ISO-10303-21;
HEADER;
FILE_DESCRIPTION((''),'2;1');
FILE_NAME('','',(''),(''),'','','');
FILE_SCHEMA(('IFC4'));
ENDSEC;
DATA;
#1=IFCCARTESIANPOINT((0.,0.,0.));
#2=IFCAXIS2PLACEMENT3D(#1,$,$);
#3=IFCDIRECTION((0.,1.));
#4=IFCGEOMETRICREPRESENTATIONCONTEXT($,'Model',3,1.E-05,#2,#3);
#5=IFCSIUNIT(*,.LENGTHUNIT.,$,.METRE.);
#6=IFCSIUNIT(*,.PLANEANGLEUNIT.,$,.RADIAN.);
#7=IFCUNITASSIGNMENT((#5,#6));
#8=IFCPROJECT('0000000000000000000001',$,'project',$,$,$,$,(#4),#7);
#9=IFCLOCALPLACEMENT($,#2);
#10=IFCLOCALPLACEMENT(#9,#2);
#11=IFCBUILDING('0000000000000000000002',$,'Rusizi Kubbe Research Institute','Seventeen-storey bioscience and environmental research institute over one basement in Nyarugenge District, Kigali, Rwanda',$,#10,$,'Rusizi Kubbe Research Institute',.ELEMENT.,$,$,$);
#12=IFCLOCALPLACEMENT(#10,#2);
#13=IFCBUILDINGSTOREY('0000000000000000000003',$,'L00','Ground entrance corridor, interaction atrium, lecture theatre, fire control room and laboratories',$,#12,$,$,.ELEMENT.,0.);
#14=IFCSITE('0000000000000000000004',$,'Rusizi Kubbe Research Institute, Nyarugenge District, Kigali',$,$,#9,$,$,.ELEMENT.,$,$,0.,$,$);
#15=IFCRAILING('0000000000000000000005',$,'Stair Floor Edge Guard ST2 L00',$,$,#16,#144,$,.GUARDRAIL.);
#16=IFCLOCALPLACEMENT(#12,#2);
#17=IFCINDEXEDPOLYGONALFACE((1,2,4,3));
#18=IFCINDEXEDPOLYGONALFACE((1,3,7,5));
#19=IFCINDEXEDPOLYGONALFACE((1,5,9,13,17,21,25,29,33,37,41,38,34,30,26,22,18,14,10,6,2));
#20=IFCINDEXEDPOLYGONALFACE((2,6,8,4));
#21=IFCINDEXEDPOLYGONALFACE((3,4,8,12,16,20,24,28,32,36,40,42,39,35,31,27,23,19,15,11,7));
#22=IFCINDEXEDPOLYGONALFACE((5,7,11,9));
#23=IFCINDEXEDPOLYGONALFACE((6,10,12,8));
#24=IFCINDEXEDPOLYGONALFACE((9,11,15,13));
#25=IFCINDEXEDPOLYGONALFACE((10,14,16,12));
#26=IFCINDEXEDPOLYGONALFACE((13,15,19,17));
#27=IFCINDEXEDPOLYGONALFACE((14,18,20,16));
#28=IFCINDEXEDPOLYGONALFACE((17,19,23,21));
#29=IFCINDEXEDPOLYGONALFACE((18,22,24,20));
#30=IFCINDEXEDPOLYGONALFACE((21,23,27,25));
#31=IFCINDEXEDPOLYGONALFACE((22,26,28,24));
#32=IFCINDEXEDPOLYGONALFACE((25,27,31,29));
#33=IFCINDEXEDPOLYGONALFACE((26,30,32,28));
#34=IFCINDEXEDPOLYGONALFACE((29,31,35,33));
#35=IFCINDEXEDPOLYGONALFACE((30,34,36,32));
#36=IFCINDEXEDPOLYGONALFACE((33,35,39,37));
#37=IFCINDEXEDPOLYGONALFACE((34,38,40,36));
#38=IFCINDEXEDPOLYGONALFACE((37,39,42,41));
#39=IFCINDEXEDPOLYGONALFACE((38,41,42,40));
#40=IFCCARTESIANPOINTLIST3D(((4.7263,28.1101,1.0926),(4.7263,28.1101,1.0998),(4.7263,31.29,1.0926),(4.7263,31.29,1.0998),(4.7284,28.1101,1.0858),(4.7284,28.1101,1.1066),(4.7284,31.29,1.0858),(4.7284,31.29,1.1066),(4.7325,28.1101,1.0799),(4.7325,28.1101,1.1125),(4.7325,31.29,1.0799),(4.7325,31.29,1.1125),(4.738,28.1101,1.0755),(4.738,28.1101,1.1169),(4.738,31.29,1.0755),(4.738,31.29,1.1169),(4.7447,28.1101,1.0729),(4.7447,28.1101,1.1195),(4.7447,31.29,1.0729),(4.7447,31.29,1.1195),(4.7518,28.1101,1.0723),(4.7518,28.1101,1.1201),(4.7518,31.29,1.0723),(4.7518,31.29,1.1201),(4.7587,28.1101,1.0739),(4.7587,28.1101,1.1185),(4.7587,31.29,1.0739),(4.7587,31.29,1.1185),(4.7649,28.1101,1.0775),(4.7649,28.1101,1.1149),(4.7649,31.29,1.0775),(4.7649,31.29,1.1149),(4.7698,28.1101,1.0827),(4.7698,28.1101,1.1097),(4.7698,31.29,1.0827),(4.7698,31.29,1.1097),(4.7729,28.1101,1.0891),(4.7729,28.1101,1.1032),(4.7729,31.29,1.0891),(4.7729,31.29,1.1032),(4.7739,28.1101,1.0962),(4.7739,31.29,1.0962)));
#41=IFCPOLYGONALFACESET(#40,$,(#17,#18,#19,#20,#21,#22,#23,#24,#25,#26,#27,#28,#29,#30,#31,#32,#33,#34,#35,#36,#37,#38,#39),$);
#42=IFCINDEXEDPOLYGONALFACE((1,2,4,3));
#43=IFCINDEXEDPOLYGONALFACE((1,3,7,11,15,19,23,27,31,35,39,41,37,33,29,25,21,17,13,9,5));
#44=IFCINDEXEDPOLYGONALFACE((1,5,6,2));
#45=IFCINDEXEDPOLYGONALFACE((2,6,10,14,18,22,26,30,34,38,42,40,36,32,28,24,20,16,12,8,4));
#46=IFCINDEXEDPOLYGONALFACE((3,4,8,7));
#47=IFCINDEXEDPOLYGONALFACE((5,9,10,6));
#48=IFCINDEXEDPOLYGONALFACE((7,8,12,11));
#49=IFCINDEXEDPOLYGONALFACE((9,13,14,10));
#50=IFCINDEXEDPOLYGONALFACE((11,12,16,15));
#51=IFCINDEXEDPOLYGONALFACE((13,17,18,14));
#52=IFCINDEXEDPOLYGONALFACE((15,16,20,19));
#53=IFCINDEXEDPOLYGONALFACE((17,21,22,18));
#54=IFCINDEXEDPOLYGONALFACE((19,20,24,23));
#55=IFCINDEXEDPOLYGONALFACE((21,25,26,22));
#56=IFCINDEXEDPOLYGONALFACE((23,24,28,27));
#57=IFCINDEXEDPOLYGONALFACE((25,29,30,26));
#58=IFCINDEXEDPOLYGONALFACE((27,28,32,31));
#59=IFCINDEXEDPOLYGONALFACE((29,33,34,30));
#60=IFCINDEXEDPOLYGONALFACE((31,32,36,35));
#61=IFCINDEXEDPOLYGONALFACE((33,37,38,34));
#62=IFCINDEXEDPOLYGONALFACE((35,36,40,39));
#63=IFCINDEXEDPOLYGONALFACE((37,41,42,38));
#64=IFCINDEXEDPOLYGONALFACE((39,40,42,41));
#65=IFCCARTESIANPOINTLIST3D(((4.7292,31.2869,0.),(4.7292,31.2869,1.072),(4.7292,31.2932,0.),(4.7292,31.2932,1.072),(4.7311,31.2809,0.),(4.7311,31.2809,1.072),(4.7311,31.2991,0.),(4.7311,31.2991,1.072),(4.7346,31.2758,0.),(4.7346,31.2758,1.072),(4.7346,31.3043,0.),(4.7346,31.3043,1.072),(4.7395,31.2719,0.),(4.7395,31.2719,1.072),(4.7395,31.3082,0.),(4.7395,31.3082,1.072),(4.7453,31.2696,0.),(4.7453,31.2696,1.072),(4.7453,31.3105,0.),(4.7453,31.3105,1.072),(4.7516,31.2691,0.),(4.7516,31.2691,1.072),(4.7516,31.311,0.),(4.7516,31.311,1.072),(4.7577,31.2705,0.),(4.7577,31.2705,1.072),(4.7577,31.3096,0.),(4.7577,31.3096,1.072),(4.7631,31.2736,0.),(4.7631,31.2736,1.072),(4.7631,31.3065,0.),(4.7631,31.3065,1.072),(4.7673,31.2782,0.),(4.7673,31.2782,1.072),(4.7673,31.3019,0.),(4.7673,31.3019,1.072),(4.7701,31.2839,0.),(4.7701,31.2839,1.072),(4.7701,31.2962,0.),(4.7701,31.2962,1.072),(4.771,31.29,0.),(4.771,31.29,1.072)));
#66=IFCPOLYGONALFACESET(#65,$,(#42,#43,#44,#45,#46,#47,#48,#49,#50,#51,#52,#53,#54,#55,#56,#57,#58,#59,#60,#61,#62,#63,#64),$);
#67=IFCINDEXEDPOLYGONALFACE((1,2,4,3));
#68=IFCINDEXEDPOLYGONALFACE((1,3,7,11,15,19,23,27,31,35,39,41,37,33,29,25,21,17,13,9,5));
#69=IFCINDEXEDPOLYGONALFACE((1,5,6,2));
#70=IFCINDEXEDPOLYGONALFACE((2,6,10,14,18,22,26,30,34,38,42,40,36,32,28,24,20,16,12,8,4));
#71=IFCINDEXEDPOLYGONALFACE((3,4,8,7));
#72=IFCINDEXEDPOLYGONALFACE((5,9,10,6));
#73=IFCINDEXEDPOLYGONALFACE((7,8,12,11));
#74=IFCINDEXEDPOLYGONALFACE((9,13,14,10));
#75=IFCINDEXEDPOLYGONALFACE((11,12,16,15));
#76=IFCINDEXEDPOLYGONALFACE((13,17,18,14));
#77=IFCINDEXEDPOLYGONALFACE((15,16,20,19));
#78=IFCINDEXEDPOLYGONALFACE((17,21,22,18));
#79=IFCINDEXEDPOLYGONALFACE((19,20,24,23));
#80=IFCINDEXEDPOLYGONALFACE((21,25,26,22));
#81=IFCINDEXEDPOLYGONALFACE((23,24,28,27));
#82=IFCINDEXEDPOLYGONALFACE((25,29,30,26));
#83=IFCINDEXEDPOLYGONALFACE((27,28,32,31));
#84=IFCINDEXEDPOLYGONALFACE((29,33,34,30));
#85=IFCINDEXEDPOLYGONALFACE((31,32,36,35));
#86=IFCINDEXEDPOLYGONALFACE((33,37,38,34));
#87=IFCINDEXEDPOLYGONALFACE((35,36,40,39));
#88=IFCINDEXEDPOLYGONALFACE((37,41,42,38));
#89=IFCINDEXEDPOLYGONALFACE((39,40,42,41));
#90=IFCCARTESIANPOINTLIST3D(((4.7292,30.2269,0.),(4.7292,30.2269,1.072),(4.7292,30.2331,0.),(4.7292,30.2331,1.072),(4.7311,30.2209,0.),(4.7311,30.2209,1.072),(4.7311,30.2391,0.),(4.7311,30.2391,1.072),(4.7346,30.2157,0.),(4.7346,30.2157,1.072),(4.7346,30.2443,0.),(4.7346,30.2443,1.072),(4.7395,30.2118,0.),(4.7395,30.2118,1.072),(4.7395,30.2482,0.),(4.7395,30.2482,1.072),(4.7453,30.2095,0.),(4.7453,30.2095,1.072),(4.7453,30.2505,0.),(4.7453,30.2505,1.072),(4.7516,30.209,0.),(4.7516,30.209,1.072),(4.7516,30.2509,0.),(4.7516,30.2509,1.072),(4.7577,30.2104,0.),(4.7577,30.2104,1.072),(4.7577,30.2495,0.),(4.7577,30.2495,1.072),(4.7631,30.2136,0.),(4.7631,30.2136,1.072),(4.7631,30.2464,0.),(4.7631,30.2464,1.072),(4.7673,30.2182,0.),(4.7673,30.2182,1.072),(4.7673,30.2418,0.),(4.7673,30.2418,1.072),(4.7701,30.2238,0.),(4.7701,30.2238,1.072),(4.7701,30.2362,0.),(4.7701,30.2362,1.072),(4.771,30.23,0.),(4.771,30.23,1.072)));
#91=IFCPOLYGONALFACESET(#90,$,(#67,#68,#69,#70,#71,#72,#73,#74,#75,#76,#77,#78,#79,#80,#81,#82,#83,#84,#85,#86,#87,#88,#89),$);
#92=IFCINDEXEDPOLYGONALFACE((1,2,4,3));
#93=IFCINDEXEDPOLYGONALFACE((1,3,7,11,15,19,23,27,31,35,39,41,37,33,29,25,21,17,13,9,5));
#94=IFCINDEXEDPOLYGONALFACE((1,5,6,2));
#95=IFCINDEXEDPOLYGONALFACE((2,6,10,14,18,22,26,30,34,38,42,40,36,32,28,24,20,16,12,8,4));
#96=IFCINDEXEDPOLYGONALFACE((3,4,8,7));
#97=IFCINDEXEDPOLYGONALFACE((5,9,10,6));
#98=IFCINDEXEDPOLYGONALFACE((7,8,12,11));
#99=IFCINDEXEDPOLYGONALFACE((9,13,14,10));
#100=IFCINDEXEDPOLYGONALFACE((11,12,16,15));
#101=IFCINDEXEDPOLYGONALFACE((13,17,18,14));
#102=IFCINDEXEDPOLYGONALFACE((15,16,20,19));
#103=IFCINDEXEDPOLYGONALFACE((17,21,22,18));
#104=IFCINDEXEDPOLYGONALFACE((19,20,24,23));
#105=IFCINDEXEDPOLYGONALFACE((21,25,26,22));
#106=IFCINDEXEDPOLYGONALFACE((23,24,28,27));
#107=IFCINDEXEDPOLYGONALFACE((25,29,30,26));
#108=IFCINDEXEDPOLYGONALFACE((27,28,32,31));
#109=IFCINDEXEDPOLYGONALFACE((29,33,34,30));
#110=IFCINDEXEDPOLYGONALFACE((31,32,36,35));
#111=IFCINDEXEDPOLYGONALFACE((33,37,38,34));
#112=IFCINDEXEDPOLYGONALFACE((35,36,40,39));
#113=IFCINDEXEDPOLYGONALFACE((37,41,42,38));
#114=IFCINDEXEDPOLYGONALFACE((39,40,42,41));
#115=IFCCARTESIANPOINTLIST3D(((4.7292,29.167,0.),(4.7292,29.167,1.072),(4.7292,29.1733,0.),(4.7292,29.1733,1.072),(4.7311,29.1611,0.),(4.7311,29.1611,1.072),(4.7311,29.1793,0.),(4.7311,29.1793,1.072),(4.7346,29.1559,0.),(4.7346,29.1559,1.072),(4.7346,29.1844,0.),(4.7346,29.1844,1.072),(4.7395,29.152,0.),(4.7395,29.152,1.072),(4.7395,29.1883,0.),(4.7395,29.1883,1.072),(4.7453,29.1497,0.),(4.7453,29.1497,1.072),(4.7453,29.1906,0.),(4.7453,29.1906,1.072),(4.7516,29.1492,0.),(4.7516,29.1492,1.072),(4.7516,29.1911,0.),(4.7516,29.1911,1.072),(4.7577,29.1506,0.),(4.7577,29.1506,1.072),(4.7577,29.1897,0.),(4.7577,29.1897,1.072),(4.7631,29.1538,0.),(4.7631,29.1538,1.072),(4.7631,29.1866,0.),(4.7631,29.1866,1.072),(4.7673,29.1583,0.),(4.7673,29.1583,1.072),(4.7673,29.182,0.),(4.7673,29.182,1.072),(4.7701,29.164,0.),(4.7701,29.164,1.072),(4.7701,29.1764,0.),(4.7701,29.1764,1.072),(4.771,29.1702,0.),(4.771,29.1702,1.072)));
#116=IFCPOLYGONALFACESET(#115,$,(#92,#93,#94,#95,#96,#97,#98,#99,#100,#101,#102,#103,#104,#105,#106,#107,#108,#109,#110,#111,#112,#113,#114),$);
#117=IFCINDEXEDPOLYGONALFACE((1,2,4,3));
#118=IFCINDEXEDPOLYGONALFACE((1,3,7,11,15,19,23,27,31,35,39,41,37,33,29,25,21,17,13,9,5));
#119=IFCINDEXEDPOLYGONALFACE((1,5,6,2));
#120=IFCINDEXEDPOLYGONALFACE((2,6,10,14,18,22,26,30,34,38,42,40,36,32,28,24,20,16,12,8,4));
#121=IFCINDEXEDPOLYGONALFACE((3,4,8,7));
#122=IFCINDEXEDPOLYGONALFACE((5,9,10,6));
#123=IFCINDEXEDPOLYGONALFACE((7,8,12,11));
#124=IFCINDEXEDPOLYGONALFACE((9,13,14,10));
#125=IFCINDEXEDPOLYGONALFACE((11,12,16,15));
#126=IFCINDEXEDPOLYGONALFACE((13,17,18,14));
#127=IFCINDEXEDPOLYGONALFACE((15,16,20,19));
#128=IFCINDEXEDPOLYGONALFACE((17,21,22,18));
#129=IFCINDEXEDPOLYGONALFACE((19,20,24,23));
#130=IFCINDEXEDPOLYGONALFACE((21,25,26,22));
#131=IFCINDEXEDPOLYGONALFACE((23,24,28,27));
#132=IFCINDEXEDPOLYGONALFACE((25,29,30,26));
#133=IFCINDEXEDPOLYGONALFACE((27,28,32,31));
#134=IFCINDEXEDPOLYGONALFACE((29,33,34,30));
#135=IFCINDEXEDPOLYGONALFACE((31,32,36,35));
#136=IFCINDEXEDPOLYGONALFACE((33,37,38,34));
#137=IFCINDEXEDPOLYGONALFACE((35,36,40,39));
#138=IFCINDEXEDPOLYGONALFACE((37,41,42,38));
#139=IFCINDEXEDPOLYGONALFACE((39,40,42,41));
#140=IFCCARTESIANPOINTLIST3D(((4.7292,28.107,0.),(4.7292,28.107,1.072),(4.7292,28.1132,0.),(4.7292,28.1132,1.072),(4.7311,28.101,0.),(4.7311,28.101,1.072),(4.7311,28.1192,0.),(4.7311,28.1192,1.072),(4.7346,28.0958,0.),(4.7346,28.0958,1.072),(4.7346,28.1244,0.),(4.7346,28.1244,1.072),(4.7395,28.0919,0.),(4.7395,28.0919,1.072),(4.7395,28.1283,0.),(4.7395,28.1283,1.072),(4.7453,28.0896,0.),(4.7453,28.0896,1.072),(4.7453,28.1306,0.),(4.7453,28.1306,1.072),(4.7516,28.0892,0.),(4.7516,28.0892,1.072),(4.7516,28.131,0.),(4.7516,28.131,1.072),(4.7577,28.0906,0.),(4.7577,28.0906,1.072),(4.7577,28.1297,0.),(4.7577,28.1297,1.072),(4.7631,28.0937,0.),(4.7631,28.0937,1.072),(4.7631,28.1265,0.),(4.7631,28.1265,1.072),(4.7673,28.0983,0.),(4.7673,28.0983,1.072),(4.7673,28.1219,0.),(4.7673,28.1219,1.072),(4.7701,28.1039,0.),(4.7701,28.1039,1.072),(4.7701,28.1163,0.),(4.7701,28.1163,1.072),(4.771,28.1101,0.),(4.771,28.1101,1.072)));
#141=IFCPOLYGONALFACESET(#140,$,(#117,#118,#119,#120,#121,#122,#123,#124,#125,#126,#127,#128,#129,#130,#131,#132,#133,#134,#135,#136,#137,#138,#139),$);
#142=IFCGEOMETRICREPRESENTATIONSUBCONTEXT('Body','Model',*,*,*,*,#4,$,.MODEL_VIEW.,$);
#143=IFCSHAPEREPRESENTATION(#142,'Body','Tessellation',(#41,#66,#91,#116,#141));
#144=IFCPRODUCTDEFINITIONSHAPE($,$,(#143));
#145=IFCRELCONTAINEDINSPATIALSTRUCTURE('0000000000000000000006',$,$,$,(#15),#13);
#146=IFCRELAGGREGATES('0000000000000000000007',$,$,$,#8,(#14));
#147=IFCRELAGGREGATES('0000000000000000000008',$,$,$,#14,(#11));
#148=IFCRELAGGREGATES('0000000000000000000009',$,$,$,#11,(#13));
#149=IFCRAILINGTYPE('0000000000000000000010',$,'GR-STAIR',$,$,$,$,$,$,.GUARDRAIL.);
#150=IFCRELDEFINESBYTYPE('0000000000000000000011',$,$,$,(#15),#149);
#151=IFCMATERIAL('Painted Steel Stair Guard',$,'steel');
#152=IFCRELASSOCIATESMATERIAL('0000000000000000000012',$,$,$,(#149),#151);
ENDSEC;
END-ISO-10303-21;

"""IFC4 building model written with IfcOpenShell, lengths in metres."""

from ifc_helpers import new_model, si_unit, direction, frame, origin, origin_2d, place, context, subcontext, project, spatial, circle, extrude, material, type_object, element, save


model = new_model("IFC4")

# Units and contexts
model_context = context("Model", 3, precision=1e-05, world=origin(), true_north=direction((0.0, 1.0)))
body_context = subcontext(model_context, "Body", "Model", "MODEL_VIEW")
ifc_project = project(units=[si_unit("LENGTHUNIT", "METRE"), si_unit("PLANEANGLEUNIT", "RADIAN")], contexts=[model_context])

# Site, building, storey
site_placement = place(None, origin())
site = spatial("IfcSite", under=ifc_project, at=site_placement, Name="Rusizi Kubbe Research Institute, Nyarugenge District, Kigali", CompositionType="ELEMENT", RefElevation=0.0)
building_placement = place(site_placement, origin())
building = spatial("IfcBuilding", under=site, at=building_placement, Name="Rusizi Kubbe Research Institute", Description="Seventeen-storey bioscience and environmental research institute over one basement in Nyarugenge District, Kigali, Rwanda", LongName="Rusizi Kubbe Research Institute", CompositionType="ELEMENT")
storey_placement = place(building_placement, origin())
storey = spatial("IfcBuildingStorey", under=building, at=storey_placement, Name="L00", Description="Ground entrance corridor, interaction atrium, lecture theatre, fire control room and laboratories", CompositionType="ELEMENT", Elevation=0.0)

# Railing
ifc_material_1 = material(Name="Painted Steel Stair Guard", Category="steel")
railing_type_1 = type_object("IfcRailingType", Name="GR-STAIR", PredefinedType="GUARDRAIL", material=ifc_material_1)
railing_1_placement = place(storey_placement, frame((4.75, 31.29, 0.0)))
element("IfcRailing", 1, at=railing_1_placement, inside=storey, type_object=railing_type_1, Name="Stair Floor Edge Guard ST2 L00", PredefinedType="GUARDRAIL", context=body_context, shape_type="SweptSolid", body=[
    extrude(circle(Radius=0.0239, at=origin_2d()), frame((0.0, 0.0, 1.0962), z_axis=(0.0, -1.0, 0.0), x_axis=(1.0, 0.0, 0.0)), (0.0, 0.0, 1.0), 3.1799),
    extrude(circle(Radius=0.021, at=origin_2d()), origin(), (0.0, 0.0, 1.0), 1.072),
    extrude(circle(Radius=0.021, at=origin_2d()), frame((0.0, -1.0601, 0.0)), (0.0, 0.0, 1.0), 1.072),
    extrude(circle(Radius=0.021, at=origin_2d()), frame((0.0, -2.1199, 0.0)), (0.0, 0.0, 1.0), 1.072),
    extrude(circle(Radius=0.021, at=origin_2d()), frame((0.0, -3.1799, 0.0)), (0.0, 0.0, 1.0), 1.072),
])

save(model, "model.ifc")
